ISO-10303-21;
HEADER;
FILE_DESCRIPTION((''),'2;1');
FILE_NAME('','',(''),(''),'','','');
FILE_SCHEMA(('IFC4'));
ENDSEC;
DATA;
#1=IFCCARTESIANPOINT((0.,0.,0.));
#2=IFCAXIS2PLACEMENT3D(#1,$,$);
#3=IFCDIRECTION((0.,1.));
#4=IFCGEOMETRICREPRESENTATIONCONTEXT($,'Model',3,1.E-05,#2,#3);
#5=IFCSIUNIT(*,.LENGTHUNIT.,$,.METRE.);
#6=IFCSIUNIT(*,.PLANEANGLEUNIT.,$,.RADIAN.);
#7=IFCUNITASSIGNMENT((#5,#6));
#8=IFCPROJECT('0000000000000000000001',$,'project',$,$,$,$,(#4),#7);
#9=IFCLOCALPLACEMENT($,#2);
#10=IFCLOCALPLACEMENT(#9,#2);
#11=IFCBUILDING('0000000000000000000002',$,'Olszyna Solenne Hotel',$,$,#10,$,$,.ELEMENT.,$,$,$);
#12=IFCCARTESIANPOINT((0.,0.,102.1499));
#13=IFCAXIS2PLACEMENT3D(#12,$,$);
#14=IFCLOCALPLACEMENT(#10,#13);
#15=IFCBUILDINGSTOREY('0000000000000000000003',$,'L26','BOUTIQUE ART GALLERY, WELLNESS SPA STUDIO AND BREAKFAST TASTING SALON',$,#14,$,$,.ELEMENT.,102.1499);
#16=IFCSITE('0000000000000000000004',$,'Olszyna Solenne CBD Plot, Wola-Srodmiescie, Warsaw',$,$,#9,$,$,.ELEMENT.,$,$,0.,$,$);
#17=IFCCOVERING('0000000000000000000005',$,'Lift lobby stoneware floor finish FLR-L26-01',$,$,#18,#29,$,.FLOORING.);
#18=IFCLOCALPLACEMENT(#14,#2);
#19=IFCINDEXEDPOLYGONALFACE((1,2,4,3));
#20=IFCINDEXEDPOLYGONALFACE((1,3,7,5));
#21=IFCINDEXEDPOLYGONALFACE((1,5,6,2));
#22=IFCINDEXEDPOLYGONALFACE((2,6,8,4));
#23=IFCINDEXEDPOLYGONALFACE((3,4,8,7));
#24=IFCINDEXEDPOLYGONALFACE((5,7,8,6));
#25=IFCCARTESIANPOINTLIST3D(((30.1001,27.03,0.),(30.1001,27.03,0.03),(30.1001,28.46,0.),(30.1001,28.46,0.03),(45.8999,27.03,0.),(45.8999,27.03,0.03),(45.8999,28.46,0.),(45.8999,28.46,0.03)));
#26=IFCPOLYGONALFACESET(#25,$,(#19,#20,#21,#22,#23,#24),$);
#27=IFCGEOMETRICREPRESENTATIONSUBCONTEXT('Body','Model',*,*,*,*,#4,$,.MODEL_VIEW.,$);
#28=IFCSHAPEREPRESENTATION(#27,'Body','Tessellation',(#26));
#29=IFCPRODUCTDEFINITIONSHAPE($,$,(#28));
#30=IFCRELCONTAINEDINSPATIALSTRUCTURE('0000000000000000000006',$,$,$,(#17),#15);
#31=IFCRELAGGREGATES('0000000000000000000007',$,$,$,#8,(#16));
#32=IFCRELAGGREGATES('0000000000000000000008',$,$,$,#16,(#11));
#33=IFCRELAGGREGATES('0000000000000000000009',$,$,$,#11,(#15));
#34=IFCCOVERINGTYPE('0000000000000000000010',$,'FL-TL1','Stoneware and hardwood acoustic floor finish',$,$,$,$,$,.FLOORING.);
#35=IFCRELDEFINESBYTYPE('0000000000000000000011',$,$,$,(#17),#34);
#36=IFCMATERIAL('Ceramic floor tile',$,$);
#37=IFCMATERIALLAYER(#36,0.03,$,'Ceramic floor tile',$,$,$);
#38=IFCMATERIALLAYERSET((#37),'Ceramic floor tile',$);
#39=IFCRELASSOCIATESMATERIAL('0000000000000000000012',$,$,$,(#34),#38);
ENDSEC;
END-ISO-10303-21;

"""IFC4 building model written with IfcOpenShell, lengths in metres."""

from ifc_helpers import new_model, si_unit, direction, frame, origin, place, context, subcontext, project, spatial, polyline, outline, extrude, material, layer, layer_set, type_object, element, save


model = new_model("IFC4")

# Units and contexts
model_context = context("Model", 3, precision=1e-05, world=origin(), true_north=direction((0.0, 1.0)))
body_context = subcontext(model_context, "Body", "Model", "MODEL_VIEW")
ifc_project = project(units=[si_unit("LENGTHUNIT", "METRE"), si_unit("PLANEANGLEUNIT", "RADIAN")], contexts=[model_context])

# Site, building, storey
site_placement = place(None, origin())
site = spatial("IfcSite", under=ifc_project, at=site_placement, Name="Olszyna Solenne CBD Plot, Wola-Srodmiescie, Warsaw", CompositionType="ELEMENT", RefElevation=0.0)
building_placement = place(site_placement, origin())
building = spatial("IfcBuilding", under=site, at=building_placement, Name="Olszyna Solenne Hotel", CompositionType="ELEMENT")
storey_placement = place(building_placement, frame((0.0, 0.0, 102.1499)))
storey = spatial("IfcBuildingStorey", under=building, at=storey_placement, Name="L26", Description="BOUTIQUE ART GALLERY, WELLNESS SPA STUDIO AND BREAKFAST TASTING SALON", CompositionType="ELEMENT", Elevation=102.1499)

# Covering
ifc_material_1 = material(Name="Ceramic floor tile")
ifc_layer_1 = layer(ifc_material_1, 0.03, Name="Ceramic floor tile")
ifc_layer_set_1 = layer_set([ifc_layer_1], Name="Ceramic floor tile")
covering_type_1 = type_object("IfcCoveringType", Name="FL-TL1", Description="Stoneware and hardwood acoustic floor finish", PredefinedType="FLOORING", material=ifc_layer_set_1)
covering_1_placement = place(storey_placement, origin())
element("IfcCovering", 1, at=covering_1_placement, inside=storey, type_object=covering_type_1, Name="Lift lobby stoneware floor finish FLR-L26-01", PredefinedType="FLOORING", context=body_context, shape_type="SweptSolid", body=[
    extrude(outline(polyline([(30.1001, 27.03), (45.8999, 27.03), (45.8999, 28.46), (30.1001, 28.46), (30.1001, 27.03)])), origin(), (0.0, 0.0, 1.0), 0.03),
])

save(model, "model.ifc")
